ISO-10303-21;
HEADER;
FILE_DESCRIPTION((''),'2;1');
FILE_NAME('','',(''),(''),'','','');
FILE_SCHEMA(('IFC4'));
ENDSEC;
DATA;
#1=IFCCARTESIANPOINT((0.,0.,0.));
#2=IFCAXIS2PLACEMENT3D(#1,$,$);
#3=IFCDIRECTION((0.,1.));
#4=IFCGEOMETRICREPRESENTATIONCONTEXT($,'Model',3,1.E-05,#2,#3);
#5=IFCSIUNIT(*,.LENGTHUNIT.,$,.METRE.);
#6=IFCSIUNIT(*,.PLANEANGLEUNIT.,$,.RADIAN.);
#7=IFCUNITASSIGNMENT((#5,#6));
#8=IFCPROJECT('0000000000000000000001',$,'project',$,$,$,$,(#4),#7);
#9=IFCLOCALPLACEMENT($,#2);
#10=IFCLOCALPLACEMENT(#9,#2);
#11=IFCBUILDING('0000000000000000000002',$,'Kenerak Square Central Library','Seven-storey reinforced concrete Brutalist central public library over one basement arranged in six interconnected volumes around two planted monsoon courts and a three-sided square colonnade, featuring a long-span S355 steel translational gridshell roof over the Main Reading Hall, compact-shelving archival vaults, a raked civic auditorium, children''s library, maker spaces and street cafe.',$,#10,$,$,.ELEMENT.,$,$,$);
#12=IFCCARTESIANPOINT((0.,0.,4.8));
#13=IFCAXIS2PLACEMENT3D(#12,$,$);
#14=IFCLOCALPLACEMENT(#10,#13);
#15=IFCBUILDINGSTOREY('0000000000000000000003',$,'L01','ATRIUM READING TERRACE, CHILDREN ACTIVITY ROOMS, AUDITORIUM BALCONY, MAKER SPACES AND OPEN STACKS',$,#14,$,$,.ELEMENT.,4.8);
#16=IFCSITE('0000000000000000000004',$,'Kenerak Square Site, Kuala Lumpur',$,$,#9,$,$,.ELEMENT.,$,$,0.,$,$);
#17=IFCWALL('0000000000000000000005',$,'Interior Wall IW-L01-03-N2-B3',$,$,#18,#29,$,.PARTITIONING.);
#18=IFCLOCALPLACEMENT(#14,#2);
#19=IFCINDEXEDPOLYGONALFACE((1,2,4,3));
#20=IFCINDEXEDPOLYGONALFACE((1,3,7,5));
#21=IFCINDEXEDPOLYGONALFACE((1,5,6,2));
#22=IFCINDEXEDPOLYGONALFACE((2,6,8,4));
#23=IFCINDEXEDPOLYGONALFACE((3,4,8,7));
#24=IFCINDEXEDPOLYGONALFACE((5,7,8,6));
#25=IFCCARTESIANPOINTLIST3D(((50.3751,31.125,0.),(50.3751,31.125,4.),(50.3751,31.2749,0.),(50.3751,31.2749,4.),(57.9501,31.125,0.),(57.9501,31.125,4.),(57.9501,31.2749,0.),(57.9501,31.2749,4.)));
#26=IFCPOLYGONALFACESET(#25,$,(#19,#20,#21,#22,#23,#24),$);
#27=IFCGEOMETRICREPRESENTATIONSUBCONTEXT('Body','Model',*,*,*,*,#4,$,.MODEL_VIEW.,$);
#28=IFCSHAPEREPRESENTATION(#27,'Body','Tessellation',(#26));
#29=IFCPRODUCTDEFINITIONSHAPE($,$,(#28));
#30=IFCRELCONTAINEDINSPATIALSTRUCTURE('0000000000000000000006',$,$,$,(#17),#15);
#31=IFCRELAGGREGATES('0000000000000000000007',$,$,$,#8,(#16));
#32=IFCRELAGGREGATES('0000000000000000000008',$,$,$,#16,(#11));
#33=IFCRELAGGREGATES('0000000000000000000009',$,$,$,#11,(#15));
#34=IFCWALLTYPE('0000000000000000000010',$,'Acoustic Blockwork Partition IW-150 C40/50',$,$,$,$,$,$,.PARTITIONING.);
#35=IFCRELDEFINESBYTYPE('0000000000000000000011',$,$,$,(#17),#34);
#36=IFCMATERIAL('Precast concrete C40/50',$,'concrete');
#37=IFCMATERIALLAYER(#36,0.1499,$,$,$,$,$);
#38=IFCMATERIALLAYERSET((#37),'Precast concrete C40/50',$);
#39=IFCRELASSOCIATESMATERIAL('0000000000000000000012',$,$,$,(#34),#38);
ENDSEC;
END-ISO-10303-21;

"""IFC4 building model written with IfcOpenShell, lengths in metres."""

from ifc_helpers import new_model, si_unit, direction, frame, frame_2d, origin, place, context, subcontext, project, spatial, rectangle, extrude, material, layer, layer_set, type_object, element, save


model = new_model("IFC4")

# Units and contexts
model_context = context("Model", 3, precision=1e-05, world=origin(), true_north=direction((0.0, 1.0)))
body_context = subcontext(model_context, "Body", "Model", "MODEL_VIEW")
ifc_project = project(units=[si_unit("LENGTHUNIT", "METRE"), si_unit("PLANEANGLEUNIT", "RADIAN")], contexts=[model_context])

# Site, building, storey
site_placement = place(None, origin())
site = spatial("IfcSite", under=ifc_project, at=site_placement, Name="Kenerak Square Site, Kuala Lumpur", CompositionType="ELEMENT", RefElevation=0.0)
building_placement = place(site_placement, origin())
building = spatial("IfcBuilding", under=site, at=building_placement, Name="Kenerak Square Central Library", Description="Seven-storey reinforced concrete Brutalist central public library over one basement arranged in six interconnected volumes around two planted monsoon courts and a three-sided square colonnade, featuring a long-span S355 steel translational gridshell roof over the Main Reading Hall, compact-shelving archival vaults, a raked civic auditorium, children's library, maker spaces and street cafe.", CompositionType="ELEMENT")
storey_placement = place(building_placement, frame((0.0, 0.0, 4.8)))
storey = spatial("IfcBuildingStorey", under=building, at=storey_placement, Name="L01", Description="ATRIUM READING TERRACE, CHILDREN ACTIVITY ROOMS, AUDITORIUM BALCONY, MAKER SPACES AND OPEN STACKS", CompositionType="ELEMENT", Elevation=4.8)

# Wall
ifc_material_1 = material(Name="Precast concrete C40/50", Category="concrete")
ifc_layer_1 = layer(ifc_material_1, 0.1499)
ifc_layer_set_1 = layer_set([ifc_layer_1], Name="Precast concrete C40/50")
wall_type = type_object("IfcWallType", Name="Acoustic Blockwork Partition IW-150 C40/50", PredefinedType="PARTITIONING", material=ifc_layer_set_1)
wall_placement = place(storey_placement, frame((50.375, 31.2, 0.0), z_axis=(0.0, 0.0, 1.0), x_axis=(1.0, 0.0, 0.0)))
element("IfcWall", 1, at=wall_placement, inside=storey, type_object=wall_type, Name="Interior Wall IW-L01-03-N2-B3", PredefinedType="PARTITIONING", context=body_context, shape_type="SweptSolid", body=[
    extrude(rectangle(XDim=7.575, YDim=0.1499, at=frame_2d((3.7876, 0.0))), origin(), (0.0, 0.0, 1.0), 4.0),
])

save(model, "model.ifc")
